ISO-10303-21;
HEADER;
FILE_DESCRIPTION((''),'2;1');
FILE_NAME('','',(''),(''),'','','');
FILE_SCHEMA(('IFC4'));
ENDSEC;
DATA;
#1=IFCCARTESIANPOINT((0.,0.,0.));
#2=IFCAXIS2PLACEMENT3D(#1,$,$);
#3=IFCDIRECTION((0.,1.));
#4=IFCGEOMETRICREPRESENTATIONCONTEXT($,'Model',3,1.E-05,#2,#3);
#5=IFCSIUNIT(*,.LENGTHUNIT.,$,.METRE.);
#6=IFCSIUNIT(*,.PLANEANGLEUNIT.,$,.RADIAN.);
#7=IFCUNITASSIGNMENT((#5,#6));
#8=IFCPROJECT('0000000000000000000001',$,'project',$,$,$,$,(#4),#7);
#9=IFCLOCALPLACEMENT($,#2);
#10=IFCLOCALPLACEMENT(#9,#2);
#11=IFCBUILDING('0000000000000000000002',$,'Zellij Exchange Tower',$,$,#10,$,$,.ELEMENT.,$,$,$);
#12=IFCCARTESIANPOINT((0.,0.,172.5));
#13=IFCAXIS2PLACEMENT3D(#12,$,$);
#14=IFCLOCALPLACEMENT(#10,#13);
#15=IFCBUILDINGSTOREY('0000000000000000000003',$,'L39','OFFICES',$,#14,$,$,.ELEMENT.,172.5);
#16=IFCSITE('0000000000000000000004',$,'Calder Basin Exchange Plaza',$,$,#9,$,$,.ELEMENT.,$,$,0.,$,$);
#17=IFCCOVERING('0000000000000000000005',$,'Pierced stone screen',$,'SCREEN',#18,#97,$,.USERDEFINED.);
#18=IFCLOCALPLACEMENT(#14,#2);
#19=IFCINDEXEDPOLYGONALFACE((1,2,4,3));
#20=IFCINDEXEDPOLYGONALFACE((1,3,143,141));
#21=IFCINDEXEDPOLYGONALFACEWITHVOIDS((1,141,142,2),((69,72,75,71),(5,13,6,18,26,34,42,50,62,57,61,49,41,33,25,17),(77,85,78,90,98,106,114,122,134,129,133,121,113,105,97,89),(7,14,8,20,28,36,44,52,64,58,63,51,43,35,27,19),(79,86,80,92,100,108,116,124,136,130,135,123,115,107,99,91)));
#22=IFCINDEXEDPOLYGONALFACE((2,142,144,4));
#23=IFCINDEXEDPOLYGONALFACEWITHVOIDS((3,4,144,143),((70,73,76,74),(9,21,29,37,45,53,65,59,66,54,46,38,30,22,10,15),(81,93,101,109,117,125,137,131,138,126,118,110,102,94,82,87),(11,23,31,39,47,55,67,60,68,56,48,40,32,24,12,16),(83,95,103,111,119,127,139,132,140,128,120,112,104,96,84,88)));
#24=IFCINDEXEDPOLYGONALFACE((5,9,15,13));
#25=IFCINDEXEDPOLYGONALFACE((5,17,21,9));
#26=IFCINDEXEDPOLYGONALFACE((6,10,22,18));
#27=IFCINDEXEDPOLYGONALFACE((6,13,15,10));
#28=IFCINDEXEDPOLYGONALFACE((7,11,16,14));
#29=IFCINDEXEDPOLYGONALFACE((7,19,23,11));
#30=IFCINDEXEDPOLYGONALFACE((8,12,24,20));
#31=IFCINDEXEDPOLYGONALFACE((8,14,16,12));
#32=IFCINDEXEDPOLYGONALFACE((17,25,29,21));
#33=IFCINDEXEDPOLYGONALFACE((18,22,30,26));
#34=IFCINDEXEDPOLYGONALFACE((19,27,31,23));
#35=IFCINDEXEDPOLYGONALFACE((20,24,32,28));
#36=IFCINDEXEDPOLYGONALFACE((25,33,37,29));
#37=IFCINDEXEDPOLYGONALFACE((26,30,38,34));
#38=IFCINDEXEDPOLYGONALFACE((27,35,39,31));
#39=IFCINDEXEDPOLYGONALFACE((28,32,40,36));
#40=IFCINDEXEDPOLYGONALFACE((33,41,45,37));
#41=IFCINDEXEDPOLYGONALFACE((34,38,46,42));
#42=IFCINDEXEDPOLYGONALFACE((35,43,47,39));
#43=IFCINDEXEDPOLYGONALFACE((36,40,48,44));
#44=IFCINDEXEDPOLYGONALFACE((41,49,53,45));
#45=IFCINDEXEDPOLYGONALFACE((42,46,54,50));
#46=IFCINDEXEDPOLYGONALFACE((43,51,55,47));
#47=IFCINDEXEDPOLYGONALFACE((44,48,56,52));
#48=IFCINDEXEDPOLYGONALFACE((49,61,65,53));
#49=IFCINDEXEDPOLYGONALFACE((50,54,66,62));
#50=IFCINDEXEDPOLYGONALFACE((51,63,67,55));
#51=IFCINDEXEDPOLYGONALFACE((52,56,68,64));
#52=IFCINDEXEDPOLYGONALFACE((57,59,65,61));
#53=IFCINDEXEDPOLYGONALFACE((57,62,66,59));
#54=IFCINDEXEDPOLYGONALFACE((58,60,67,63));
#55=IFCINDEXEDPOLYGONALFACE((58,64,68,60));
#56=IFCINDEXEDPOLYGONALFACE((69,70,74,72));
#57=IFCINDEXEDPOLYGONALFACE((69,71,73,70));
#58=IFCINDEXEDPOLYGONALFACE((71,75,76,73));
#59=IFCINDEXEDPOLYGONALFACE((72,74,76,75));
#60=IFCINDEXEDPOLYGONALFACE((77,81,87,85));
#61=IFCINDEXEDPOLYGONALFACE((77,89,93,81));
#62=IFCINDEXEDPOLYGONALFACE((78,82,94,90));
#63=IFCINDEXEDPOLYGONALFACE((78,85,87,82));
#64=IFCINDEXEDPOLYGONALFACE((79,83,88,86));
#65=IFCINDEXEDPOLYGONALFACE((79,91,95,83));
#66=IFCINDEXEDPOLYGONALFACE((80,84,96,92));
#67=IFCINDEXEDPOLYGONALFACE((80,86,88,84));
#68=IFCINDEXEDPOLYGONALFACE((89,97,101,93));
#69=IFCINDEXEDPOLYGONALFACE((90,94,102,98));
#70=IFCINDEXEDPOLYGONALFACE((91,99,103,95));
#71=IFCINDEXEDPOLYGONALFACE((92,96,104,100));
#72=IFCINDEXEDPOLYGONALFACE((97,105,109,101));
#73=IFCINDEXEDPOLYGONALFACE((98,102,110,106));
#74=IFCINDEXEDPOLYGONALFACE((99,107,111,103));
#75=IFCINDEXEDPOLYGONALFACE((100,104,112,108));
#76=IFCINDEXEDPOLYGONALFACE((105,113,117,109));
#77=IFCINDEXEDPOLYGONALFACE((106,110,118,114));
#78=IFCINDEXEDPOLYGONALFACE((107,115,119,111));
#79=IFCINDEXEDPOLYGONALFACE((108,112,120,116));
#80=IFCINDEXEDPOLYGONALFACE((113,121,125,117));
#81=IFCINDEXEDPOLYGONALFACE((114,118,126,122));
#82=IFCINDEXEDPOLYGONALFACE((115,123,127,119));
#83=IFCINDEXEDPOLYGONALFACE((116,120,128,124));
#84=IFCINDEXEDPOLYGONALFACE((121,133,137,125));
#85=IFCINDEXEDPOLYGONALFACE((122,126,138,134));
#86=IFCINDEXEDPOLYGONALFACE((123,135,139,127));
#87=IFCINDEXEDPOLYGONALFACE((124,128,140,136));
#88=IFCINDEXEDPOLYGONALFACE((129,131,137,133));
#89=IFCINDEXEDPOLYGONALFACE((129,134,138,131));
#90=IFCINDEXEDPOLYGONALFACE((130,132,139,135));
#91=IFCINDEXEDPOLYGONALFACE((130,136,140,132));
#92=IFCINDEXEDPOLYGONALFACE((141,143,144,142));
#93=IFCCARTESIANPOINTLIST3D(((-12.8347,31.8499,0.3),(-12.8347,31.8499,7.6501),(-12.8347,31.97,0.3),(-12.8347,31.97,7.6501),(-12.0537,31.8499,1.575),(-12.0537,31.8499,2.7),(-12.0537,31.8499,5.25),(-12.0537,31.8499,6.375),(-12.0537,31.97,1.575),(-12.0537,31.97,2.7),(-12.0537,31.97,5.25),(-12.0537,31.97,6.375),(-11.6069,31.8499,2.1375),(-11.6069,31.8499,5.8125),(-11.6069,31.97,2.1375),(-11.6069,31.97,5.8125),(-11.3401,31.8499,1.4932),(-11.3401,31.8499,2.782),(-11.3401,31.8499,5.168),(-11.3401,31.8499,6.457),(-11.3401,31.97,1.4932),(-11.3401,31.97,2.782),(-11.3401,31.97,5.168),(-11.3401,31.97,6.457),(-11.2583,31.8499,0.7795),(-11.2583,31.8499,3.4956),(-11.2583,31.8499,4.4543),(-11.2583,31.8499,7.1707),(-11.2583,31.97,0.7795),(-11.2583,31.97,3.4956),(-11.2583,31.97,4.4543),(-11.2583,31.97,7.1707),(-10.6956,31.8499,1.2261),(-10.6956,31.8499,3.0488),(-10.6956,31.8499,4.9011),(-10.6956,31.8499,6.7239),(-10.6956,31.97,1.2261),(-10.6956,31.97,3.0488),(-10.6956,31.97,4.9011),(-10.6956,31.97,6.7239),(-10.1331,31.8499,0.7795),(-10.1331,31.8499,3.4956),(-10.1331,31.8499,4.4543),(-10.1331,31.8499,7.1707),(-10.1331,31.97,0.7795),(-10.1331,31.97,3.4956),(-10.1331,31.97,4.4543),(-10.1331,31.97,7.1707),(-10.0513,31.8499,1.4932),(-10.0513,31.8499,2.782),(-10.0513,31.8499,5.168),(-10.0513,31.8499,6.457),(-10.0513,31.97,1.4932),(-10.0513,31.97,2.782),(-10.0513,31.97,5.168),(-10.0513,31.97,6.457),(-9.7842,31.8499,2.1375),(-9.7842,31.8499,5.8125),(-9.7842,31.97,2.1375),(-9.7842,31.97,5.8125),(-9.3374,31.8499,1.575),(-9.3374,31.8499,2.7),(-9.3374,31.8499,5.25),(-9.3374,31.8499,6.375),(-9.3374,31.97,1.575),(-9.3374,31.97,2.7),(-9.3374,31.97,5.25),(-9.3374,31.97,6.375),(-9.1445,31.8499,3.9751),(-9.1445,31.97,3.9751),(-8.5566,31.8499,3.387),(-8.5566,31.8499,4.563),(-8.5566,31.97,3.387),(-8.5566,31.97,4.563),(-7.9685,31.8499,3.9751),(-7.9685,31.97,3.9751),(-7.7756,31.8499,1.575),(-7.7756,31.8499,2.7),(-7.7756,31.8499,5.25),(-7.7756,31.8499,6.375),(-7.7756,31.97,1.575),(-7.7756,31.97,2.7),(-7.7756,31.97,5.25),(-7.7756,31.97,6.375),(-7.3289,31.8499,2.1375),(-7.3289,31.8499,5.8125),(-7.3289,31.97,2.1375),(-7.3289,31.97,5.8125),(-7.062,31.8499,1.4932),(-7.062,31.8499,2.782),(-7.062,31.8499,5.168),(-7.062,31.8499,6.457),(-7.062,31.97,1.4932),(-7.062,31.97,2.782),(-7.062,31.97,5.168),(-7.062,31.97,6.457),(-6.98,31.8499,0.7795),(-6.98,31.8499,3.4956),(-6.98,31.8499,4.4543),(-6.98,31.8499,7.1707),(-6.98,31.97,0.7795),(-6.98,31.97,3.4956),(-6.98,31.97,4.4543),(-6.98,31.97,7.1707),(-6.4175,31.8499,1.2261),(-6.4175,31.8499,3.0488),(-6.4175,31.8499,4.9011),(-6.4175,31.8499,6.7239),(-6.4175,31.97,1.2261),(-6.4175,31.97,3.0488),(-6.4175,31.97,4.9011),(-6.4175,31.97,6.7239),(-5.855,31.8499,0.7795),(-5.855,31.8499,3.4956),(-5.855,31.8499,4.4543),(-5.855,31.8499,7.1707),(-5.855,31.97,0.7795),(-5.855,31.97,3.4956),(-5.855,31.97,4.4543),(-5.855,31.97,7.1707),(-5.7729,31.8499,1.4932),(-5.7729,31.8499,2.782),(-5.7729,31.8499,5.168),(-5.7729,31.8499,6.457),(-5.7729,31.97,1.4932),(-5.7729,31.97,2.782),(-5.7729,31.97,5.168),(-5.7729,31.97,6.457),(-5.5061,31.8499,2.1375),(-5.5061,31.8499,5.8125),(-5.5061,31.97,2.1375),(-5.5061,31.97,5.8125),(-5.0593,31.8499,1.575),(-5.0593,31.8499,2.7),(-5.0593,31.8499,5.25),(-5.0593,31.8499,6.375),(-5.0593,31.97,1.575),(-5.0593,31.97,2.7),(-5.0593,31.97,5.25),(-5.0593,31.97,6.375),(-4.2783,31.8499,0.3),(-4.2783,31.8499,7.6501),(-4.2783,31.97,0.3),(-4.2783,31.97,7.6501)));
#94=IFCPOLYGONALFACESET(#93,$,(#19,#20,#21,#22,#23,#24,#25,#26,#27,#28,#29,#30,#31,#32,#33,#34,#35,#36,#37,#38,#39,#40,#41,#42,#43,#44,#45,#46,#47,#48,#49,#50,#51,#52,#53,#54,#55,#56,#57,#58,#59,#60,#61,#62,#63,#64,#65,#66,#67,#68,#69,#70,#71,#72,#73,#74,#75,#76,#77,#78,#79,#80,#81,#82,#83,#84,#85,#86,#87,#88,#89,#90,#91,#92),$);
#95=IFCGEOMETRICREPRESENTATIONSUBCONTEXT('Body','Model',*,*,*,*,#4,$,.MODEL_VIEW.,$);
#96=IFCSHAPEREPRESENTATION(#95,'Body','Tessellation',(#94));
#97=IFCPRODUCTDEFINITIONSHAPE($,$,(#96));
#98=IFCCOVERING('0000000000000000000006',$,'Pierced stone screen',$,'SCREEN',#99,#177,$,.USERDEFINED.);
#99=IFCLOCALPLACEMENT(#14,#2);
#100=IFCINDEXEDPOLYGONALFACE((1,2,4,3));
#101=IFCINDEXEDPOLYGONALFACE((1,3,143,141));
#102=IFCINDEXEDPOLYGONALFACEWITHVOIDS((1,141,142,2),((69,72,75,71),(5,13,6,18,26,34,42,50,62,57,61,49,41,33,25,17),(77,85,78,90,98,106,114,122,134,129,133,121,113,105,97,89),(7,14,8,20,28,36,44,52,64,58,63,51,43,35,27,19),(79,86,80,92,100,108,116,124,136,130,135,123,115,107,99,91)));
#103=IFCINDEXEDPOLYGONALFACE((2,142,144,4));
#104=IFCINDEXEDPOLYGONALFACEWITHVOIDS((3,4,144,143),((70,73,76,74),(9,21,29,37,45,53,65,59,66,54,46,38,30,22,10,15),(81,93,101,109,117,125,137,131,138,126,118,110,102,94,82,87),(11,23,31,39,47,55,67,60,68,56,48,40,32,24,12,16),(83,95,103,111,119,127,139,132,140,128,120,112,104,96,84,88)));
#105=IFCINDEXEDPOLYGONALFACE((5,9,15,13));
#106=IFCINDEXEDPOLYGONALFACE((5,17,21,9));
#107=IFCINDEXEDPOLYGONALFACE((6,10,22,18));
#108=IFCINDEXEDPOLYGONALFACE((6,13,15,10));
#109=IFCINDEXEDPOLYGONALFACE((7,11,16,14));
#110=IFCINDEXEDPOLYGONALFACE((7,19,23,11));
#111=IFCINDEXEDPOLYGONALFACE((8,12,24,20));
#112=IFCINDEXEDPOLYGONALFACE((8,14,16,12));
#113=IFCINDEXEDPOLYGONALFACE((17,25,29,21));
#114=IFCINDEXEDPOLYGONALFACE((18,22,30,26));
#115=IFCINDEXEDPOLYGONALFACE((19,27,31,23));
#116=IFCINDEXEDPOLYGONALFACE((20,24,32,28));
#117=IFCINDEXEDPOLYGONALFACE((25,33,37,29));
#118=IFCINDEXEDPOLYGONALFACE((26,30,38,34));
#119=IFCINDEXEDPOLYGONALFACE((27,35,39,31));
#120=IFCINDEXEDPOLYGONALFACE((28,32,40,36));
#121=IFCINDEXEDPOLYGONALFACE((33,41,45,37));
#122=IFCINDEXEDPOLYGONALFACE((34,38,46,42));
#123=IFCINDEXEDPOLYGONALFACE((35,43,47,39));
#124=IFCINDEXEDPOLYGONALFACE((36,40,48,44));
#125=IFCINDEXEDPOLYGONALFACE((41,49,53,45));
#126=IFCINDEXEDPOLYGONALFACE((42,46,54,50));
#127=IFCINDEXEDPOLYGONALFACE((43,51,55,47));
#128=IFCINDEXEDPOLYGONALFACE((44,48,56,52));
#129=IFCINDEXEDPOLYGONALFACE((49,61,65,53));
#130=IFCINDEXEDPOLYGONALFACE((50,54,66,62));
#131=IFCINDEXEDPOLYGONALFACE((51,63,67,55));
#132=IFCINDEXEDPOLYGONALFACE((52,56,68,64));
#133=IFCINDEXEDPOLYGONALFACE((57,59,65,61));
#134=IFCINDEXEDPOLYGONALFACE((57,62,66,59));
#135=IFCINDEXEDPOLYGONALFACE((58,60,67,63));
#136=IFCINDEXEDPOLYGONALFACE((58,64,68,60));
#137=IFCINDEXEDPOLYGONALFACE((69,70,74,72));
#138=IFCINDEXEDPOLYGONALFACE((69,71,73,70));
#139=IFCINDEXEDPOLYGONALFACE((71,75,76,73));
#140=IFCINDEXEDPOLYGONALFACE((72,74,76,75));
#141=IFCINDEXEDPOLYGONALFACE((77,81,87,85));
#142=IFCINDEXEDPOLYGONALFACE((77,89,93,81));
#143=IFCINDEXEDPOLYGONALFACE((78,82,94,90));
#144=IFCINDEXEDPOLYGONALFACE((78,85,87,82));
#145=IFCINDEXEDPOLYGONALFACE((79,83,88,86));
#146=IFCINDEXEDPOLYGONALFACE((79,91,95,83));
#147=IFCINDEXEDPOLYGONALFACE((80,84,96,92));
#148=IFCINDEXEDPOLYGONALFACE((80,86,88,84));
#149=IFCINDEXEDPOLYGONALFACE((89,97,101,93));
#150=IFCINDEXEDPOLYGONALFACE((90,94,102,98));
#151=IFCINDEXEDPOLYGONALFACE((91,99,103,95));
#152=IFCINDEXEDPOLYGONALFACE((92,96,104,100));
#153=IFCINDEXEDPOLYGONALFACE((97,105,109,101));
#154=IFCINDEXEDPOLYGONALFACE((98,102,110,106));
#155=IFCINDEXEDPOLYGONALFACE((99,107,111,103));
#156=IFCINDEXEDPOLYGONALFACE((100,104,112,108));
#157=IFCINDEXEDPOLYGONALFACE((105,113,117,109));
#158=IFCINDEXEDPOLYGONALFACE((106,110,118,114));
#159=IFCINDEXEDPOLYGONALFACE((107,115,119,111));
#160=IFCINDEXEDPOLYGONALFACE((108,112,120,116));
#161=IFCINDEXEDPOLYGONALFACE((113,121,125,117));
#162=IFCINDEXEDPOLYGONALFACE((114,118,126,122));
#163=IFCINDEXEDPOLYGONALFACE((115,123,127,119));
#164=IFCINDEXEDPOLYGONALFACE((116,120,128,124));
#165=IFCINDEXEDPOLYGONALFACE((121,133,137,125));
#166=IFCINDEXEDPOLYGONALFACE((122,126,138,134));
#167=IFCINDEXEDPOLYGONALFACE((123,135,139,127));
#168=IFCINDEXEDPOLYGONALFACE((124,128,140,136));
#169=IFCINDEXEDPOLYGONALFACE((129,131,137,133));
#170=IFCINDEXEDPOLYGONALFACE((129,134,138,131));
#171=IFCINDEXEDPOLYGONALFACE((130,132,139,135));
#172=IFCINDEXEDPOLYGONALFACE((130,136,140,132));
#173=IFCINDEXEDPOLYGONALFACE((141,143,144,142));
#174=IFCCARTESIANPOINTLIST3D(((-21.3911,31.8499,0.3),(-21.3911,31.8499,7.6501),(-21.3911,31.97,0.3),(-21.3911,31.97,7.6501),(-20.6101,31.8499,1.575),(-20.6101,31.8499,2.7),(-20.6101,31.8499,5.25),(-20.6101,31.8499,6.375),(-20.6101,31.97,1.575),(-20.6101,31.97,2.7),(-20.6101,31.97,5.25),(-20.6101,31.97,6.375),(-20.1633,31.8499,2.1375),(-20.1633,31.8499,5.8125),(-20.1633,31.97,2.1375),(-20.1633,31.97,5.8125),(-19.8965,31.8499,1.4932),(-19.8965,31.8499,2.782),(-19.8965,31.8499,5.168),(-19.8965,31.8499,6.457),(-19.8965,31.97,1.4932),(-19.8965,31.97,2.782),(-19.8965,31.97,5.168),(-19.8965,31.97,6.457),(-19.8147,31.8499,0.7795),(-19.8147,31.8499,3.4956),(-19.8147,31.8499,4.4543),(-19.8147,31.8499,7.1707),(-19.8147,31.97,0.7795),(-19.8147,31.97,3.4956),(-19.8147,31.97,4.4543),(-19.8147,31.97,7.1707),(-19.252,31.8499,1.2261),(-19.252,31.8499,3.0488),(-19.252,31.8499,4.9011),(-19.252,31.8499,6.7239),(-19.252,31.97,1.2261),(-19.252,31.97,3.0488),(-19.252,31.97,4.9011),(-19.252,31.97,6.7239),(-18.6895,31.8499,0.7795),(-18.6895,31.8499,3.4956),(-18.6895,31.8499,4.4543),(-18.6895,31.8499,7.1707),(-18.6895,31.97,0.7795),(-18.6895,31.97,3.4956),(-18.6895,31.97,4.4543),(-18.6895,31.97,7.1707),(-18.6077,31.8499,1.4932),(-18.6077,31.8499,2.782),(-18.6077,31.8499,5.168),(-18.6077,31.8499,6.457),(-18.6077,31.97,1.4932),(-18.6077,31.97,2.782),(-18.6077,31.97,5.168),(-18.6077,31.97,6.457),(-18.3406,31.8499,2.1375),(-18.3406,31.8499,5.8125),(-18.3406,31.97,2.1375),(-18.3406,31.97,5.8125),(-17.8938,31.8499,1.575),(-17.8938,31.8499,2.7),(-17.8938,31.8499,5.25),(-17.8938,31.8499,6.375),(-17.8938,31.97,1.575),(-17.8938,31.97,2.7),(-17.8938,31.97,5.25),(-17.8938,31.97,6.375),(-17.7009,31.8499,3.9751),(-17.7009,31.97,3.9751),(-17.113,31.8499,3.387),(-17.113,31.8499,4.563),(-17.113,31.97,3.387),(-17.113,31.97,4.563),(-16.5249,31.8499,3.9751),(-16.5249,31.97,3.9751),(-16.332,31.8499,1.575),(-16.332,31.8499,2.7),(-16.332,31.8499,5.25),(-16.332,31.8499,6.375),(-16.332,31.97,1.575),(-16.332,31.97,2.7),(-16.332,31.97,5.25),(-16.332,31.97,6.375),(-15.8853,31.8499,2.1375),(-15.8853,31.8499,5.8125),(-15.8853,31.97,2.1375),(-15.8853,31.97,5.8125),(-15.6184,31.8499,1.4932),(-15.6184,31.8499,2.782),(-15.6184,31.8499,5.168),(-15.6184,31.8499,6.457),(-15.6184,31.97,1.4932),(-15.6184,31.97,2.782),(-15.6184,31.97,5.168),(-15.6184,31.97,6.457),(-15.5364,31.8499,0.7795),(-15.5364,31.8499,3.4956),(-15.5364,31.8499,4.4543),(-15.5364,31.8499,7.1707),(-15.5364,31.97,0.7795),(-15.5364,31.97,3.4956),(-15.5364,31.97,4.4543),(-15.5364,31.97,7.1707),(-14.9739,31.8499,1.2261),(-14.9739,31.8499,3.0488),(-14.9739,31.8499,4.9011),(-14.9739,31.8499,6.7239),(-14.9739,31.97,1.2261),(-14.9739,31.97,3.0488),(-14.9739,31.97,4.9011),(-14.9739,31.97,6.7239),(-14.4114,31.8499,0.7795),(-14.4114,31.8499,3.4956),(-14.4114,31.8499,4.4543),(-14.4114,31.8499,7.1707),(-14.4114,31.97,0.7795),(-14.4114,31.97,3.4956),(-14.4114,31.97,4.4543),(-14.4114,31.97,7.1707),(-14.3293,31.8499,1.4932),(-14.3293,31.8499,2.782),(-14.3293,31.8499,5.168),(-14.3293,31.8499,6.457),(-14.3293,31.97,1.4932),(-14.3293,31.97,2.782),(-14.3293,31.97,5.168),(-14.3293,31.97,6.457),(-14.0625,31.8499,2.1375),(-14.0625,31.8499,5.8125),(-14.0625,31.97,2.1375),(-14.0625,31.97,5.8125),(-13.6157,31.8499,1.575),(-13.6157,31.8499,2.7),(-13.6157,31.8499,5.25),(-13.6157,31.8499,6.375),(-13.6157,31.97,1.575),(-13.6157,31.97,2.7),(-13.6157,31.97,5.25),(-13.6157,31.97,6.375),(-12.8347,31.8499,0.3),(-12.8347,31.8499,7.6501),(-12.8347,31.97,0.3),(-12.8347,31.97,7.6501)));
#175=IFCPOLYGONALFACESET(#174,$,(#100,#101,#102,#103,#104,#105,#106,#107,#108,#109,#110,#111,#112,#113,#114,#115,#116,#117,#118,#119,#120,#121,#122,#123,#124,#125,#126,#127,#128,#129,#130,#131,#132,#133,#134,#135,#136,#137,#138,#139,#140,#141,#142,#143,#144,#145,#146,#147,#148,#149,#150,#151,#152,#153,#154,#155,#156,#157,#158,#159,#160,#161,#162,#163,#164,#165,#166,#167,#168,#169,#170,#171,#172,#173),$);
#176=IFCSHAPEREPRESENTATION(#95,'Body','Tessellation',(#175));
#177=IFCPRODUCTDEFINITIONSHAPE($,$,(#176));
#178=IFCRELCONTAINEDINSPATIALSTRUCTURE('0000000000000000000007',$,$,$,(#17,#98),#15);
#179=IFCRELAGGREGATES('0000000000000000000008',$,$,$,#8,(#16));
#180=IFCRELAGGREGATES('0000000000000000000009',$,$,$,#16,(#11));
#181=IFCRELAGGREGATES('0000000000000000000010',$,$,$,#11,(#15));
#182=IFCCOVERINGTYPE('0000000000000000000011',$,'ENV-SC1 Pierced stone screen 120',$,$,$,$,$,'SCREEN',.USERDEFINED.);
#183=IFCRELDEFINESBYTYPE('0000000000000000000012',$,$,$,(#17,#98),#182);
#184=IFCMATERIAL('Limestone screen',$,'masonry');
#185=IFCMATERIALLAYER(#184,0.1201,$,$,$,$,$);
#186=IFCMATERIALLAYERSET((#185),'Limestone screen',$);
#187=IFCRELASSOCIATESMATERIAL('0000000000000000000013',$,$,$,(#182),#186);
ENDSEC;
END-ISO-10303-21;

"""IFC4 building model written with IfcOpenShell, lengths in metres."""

from ifc_helpers import new_model, si_unit, direction, frame, origin, place, context, subcontext, project, spatial, polyline, outline, extrude, material, layer, layer_set, type_object, element, save


model = new_model("IFC4")

# Units and contexts
model_context = context("Model", 3, precision=1e-05, world=origin(), true_north=direction((0.0, 1.0)))
body_context = subcontext(model_context, "Body", "Model", "MODEL_VIEW")
ifc_project = project(units=[si_unit("LENGTHUNIT", "METRE"), si_unit("PLANEANGLEUNIT", "RADIAN")], contexts=[model_context])

# Site, building, storey
site_placement = place(None, origin())
site = spatial("IfcSite", under=ifc_project, at=site_placement, Name="Calder Basin Exchange Plaza", CompositionType="ELEMENT", RefElevation=0.0)
building_placement = place(site_placement, origin())
building = spatial("IfcBuilding", under=site, at=building_placement, Name="Zellij Exchange Tower", CompositionType="ELEMENT")
storey_placement = place(building_placement, frame((0.0, 0.0, 172.5)))
storey = spatial("IfcBuildingStorey", under=building, at=storey_placement, Name="L39", Description="OFFICES", CompositionType="ELEMENT", Elevation=172.5)

# Coverings
ifc_material_1 = material(Name="Limestone screen", Category="masonry")
ifc_layer_1 = layer(ifc_material_1, 0.1201)
ifc_layer_set_1 = layer_set([ifc_layer_1], Name="Limestone screen")
covering_type = type_object("IfcCoveringType", Name="ENV-SC1 Pierced stone screen 120", ElementType="SCREEN", PredefinedType="USERDEFINED", material=ifc_layer_set_1)
covering_1_placement = place(storey_placement, frame((-4.2783, 31.9099, 0.3), z_axis=(0.0, 0.0, 1.0), x_axis=(-1.0, 0.0, 0.0)))
element("IfcCovering", 1, at=covering_1_placement, inside=storey, type_object=covering_type, Name="Pierced stone screen", ObjectType="SCREEN", PredefinedType="USERDEFINED", context=body_context, shape_type="SweptSolid", body=[
    extrude(outline(polyline([(0.0, 0.0), (8.5564, 0.0), (8.5564, 7.3501), (0.0, 7.3501), (0.0, 0.0)]), holes=[polyline([(3.4973, 2.3999), (2.7837, 2.4819), (2.7017, 3.1956), (2.1392, 2.7488), (1.5767, 3.1956), (1.4946, 2.4819), (0.781, 2.3999), (1.2278, 1.8374), (0.781, 1.2749), (1.4946, 1.1931), (1.5767, 0.4795), (2.1392, 0.926), (2.7017, 0.4795), (2.7837, 1.1931), (3.4973, 1.2749), (3.0505, 1.8374), (3.4973, 2.3999)]), polyline([(3.4973, 6.075), (2.7837, 6.157), (2.7017, 6.8706), (2.1392, 6.4238), (1.5767, 6.8706), (1.4946, 6.157), (0.781, 6.075), (1.2278, 5.5125), (0.781, 4.95), (1.4946, 4.8679), (1.5767, 4.1543), (2.1392, 4.6011), (2.7017, 4.1543), (2.7837, 4.8679), (3.4973, 4.95), (3.0505, 5.5125), (3.4973, 6.075)]), polyline([(7.7754, 2.3999), (7.0618, 2.4819), (6.98, 3.1956), (6.4172, 2.7488), (5.8547, 3.1956), (5.7729, 2.4819), (5.0591, 2.3999), (5.5059, 1.8374), (5.0591, 1.2749), (5.7729, 1.1931), (5.8547, 0.4795), (6.4172, 0.926), (6.98, 0.4795), (7.0618, 1.1931), (7.7754, 1.2749), (7.3286, 1.8374), (7.7754, 2.3999)]), polyline([(7.7754, 6.075), (7.0618, 6.157), (6.98, 6.8706), (6.4172, 6.4238), (5.8547, 6.8706), (5.7729, 6.157), (5.0591, 6.075), (5.5059, 5.5125), (5.0591, 4.95), (5.7729, 4.8679), (5.8547, 4.1543), (6.4172, 4.6011), (6.98, 4.1543), (7.0618, 4.8679), (7.7754, 4.95), (7.3286, 5.5125), (7.7754, 6.075)]), polyline([(4.8662, 3.675), (4.2783, 4.2629), (3.6902, 3.675), (4.2783, 3.0869), (4.8662, 3.675)])]), frame((0.0, 0.0601, 0.0), z_axis=(0.0, -1.0, 0.0), x_axis=(1.0, 0.0, 0.0)), (0.0, 0.0, 1.0), 0.1201),
])
covering_2_placement = place(storey_placement, frame((-12.8347, 31.9099, 0.3), z_axis=(0.0, 0.0, 1.0), x_axis=(-1.0, 0.0, 0.0)))
element("IfcCovering", 2, at=covering_2_placement, inside=storey, type_object=covering_type, Name="Pierced stone screen", ObjectType="SCREEN", PredefinedType="USERDEFINED", context=body_context, shape_type="SweptSolid", body=[
    extrude(outline(polyline([(0.0, 0.0), (8.5564, 0.0), (8.5564, 7.3501), (0.0, 7.3501), (0.0, 0.0)]), holes=[polyline([(3.4973, 2.3999), (2.7837, 2.4819), (2.7017, 3.1956), (2.1392, 2.7488), (1.5767, 3.1956), (1.4946, 2.4819), (0.781, 2.3999), (1.2278, 1.8374), (0.781, 1.2749), (1.4946, 1.1931), (1.5767, 0.4795), (2.1392, 0.926), (2.7017, 0.4795), (2.7837, 1.1931), (3.4973, 1.2749), (3.0505, 1.8374), (3.4973, 2.3999)]), polyline([(3.4973, 6.075), (2.7837, 6.157), (2.7017, 6.8706), (2.1392, 6.4238), (1.5767, 6.8706), (1.4946, 6.157), (0.781, 6.075), (1.2278, 5.5125), (0.781, 4.95), (1.4946, 4.8679), (1.5767, 4.1543), (2.1392, 4.6011), (2.7017, 4.1543), (2.7837, 4.8679), (3.4973, 4.95), (3.0505, 5.5125), (3.4973, 6.075)]), polyline([(7.7754, 2.3999), (7.0618, 2.4819), (6.98, 3.1956), (6.4172, 2.7488), (5.8547, 3.1956), (5.7729, 2.4819), (5.0591, 2.3999), (5.5059, 1.8374), (5.0591, 1.2749), (5.7729, 1.1931), (5.8547, 0.4795), (6.4172, 0.926), (6.98, 0.4795), (7.0618, 1.1931), (7.7754, 1.2749), (7.3286, 1.8374), (7.7754, 2.3999)]), polyline([(7.7754, 6.075), (7.0618, 6.157), (6.98, 6.8706), (6.4172, 6.4238), (5.8547, 6.8706), (5.7729, 6.157), (5.0591, 6.075), (5.5059, 5.5125), (5.0591, 4.95), (5.7729, 4.8679), (5.8547, 4.1543), (6.4172, 4.6011), (6.98, 4.1543), (7.0618, 4.8679), (7.7754, 4.95), (7.3286, 5.5125), (7.7754, 6.075)]), polyline([(4.8662, 3.675), (4.2783, 4.2629), (3.6902, 3.675), (4.2783, 3.0869), (4.8662, 3.675)])]), frame((0.0, 0.0601, 0.0), z_axis=(0.0, -1.0, 0.0), x_axis=(1.0, 0.0, 0.0)), (0.0, 0.0, 1.0), 0.1201),
])

save(model, "model.ifc")
